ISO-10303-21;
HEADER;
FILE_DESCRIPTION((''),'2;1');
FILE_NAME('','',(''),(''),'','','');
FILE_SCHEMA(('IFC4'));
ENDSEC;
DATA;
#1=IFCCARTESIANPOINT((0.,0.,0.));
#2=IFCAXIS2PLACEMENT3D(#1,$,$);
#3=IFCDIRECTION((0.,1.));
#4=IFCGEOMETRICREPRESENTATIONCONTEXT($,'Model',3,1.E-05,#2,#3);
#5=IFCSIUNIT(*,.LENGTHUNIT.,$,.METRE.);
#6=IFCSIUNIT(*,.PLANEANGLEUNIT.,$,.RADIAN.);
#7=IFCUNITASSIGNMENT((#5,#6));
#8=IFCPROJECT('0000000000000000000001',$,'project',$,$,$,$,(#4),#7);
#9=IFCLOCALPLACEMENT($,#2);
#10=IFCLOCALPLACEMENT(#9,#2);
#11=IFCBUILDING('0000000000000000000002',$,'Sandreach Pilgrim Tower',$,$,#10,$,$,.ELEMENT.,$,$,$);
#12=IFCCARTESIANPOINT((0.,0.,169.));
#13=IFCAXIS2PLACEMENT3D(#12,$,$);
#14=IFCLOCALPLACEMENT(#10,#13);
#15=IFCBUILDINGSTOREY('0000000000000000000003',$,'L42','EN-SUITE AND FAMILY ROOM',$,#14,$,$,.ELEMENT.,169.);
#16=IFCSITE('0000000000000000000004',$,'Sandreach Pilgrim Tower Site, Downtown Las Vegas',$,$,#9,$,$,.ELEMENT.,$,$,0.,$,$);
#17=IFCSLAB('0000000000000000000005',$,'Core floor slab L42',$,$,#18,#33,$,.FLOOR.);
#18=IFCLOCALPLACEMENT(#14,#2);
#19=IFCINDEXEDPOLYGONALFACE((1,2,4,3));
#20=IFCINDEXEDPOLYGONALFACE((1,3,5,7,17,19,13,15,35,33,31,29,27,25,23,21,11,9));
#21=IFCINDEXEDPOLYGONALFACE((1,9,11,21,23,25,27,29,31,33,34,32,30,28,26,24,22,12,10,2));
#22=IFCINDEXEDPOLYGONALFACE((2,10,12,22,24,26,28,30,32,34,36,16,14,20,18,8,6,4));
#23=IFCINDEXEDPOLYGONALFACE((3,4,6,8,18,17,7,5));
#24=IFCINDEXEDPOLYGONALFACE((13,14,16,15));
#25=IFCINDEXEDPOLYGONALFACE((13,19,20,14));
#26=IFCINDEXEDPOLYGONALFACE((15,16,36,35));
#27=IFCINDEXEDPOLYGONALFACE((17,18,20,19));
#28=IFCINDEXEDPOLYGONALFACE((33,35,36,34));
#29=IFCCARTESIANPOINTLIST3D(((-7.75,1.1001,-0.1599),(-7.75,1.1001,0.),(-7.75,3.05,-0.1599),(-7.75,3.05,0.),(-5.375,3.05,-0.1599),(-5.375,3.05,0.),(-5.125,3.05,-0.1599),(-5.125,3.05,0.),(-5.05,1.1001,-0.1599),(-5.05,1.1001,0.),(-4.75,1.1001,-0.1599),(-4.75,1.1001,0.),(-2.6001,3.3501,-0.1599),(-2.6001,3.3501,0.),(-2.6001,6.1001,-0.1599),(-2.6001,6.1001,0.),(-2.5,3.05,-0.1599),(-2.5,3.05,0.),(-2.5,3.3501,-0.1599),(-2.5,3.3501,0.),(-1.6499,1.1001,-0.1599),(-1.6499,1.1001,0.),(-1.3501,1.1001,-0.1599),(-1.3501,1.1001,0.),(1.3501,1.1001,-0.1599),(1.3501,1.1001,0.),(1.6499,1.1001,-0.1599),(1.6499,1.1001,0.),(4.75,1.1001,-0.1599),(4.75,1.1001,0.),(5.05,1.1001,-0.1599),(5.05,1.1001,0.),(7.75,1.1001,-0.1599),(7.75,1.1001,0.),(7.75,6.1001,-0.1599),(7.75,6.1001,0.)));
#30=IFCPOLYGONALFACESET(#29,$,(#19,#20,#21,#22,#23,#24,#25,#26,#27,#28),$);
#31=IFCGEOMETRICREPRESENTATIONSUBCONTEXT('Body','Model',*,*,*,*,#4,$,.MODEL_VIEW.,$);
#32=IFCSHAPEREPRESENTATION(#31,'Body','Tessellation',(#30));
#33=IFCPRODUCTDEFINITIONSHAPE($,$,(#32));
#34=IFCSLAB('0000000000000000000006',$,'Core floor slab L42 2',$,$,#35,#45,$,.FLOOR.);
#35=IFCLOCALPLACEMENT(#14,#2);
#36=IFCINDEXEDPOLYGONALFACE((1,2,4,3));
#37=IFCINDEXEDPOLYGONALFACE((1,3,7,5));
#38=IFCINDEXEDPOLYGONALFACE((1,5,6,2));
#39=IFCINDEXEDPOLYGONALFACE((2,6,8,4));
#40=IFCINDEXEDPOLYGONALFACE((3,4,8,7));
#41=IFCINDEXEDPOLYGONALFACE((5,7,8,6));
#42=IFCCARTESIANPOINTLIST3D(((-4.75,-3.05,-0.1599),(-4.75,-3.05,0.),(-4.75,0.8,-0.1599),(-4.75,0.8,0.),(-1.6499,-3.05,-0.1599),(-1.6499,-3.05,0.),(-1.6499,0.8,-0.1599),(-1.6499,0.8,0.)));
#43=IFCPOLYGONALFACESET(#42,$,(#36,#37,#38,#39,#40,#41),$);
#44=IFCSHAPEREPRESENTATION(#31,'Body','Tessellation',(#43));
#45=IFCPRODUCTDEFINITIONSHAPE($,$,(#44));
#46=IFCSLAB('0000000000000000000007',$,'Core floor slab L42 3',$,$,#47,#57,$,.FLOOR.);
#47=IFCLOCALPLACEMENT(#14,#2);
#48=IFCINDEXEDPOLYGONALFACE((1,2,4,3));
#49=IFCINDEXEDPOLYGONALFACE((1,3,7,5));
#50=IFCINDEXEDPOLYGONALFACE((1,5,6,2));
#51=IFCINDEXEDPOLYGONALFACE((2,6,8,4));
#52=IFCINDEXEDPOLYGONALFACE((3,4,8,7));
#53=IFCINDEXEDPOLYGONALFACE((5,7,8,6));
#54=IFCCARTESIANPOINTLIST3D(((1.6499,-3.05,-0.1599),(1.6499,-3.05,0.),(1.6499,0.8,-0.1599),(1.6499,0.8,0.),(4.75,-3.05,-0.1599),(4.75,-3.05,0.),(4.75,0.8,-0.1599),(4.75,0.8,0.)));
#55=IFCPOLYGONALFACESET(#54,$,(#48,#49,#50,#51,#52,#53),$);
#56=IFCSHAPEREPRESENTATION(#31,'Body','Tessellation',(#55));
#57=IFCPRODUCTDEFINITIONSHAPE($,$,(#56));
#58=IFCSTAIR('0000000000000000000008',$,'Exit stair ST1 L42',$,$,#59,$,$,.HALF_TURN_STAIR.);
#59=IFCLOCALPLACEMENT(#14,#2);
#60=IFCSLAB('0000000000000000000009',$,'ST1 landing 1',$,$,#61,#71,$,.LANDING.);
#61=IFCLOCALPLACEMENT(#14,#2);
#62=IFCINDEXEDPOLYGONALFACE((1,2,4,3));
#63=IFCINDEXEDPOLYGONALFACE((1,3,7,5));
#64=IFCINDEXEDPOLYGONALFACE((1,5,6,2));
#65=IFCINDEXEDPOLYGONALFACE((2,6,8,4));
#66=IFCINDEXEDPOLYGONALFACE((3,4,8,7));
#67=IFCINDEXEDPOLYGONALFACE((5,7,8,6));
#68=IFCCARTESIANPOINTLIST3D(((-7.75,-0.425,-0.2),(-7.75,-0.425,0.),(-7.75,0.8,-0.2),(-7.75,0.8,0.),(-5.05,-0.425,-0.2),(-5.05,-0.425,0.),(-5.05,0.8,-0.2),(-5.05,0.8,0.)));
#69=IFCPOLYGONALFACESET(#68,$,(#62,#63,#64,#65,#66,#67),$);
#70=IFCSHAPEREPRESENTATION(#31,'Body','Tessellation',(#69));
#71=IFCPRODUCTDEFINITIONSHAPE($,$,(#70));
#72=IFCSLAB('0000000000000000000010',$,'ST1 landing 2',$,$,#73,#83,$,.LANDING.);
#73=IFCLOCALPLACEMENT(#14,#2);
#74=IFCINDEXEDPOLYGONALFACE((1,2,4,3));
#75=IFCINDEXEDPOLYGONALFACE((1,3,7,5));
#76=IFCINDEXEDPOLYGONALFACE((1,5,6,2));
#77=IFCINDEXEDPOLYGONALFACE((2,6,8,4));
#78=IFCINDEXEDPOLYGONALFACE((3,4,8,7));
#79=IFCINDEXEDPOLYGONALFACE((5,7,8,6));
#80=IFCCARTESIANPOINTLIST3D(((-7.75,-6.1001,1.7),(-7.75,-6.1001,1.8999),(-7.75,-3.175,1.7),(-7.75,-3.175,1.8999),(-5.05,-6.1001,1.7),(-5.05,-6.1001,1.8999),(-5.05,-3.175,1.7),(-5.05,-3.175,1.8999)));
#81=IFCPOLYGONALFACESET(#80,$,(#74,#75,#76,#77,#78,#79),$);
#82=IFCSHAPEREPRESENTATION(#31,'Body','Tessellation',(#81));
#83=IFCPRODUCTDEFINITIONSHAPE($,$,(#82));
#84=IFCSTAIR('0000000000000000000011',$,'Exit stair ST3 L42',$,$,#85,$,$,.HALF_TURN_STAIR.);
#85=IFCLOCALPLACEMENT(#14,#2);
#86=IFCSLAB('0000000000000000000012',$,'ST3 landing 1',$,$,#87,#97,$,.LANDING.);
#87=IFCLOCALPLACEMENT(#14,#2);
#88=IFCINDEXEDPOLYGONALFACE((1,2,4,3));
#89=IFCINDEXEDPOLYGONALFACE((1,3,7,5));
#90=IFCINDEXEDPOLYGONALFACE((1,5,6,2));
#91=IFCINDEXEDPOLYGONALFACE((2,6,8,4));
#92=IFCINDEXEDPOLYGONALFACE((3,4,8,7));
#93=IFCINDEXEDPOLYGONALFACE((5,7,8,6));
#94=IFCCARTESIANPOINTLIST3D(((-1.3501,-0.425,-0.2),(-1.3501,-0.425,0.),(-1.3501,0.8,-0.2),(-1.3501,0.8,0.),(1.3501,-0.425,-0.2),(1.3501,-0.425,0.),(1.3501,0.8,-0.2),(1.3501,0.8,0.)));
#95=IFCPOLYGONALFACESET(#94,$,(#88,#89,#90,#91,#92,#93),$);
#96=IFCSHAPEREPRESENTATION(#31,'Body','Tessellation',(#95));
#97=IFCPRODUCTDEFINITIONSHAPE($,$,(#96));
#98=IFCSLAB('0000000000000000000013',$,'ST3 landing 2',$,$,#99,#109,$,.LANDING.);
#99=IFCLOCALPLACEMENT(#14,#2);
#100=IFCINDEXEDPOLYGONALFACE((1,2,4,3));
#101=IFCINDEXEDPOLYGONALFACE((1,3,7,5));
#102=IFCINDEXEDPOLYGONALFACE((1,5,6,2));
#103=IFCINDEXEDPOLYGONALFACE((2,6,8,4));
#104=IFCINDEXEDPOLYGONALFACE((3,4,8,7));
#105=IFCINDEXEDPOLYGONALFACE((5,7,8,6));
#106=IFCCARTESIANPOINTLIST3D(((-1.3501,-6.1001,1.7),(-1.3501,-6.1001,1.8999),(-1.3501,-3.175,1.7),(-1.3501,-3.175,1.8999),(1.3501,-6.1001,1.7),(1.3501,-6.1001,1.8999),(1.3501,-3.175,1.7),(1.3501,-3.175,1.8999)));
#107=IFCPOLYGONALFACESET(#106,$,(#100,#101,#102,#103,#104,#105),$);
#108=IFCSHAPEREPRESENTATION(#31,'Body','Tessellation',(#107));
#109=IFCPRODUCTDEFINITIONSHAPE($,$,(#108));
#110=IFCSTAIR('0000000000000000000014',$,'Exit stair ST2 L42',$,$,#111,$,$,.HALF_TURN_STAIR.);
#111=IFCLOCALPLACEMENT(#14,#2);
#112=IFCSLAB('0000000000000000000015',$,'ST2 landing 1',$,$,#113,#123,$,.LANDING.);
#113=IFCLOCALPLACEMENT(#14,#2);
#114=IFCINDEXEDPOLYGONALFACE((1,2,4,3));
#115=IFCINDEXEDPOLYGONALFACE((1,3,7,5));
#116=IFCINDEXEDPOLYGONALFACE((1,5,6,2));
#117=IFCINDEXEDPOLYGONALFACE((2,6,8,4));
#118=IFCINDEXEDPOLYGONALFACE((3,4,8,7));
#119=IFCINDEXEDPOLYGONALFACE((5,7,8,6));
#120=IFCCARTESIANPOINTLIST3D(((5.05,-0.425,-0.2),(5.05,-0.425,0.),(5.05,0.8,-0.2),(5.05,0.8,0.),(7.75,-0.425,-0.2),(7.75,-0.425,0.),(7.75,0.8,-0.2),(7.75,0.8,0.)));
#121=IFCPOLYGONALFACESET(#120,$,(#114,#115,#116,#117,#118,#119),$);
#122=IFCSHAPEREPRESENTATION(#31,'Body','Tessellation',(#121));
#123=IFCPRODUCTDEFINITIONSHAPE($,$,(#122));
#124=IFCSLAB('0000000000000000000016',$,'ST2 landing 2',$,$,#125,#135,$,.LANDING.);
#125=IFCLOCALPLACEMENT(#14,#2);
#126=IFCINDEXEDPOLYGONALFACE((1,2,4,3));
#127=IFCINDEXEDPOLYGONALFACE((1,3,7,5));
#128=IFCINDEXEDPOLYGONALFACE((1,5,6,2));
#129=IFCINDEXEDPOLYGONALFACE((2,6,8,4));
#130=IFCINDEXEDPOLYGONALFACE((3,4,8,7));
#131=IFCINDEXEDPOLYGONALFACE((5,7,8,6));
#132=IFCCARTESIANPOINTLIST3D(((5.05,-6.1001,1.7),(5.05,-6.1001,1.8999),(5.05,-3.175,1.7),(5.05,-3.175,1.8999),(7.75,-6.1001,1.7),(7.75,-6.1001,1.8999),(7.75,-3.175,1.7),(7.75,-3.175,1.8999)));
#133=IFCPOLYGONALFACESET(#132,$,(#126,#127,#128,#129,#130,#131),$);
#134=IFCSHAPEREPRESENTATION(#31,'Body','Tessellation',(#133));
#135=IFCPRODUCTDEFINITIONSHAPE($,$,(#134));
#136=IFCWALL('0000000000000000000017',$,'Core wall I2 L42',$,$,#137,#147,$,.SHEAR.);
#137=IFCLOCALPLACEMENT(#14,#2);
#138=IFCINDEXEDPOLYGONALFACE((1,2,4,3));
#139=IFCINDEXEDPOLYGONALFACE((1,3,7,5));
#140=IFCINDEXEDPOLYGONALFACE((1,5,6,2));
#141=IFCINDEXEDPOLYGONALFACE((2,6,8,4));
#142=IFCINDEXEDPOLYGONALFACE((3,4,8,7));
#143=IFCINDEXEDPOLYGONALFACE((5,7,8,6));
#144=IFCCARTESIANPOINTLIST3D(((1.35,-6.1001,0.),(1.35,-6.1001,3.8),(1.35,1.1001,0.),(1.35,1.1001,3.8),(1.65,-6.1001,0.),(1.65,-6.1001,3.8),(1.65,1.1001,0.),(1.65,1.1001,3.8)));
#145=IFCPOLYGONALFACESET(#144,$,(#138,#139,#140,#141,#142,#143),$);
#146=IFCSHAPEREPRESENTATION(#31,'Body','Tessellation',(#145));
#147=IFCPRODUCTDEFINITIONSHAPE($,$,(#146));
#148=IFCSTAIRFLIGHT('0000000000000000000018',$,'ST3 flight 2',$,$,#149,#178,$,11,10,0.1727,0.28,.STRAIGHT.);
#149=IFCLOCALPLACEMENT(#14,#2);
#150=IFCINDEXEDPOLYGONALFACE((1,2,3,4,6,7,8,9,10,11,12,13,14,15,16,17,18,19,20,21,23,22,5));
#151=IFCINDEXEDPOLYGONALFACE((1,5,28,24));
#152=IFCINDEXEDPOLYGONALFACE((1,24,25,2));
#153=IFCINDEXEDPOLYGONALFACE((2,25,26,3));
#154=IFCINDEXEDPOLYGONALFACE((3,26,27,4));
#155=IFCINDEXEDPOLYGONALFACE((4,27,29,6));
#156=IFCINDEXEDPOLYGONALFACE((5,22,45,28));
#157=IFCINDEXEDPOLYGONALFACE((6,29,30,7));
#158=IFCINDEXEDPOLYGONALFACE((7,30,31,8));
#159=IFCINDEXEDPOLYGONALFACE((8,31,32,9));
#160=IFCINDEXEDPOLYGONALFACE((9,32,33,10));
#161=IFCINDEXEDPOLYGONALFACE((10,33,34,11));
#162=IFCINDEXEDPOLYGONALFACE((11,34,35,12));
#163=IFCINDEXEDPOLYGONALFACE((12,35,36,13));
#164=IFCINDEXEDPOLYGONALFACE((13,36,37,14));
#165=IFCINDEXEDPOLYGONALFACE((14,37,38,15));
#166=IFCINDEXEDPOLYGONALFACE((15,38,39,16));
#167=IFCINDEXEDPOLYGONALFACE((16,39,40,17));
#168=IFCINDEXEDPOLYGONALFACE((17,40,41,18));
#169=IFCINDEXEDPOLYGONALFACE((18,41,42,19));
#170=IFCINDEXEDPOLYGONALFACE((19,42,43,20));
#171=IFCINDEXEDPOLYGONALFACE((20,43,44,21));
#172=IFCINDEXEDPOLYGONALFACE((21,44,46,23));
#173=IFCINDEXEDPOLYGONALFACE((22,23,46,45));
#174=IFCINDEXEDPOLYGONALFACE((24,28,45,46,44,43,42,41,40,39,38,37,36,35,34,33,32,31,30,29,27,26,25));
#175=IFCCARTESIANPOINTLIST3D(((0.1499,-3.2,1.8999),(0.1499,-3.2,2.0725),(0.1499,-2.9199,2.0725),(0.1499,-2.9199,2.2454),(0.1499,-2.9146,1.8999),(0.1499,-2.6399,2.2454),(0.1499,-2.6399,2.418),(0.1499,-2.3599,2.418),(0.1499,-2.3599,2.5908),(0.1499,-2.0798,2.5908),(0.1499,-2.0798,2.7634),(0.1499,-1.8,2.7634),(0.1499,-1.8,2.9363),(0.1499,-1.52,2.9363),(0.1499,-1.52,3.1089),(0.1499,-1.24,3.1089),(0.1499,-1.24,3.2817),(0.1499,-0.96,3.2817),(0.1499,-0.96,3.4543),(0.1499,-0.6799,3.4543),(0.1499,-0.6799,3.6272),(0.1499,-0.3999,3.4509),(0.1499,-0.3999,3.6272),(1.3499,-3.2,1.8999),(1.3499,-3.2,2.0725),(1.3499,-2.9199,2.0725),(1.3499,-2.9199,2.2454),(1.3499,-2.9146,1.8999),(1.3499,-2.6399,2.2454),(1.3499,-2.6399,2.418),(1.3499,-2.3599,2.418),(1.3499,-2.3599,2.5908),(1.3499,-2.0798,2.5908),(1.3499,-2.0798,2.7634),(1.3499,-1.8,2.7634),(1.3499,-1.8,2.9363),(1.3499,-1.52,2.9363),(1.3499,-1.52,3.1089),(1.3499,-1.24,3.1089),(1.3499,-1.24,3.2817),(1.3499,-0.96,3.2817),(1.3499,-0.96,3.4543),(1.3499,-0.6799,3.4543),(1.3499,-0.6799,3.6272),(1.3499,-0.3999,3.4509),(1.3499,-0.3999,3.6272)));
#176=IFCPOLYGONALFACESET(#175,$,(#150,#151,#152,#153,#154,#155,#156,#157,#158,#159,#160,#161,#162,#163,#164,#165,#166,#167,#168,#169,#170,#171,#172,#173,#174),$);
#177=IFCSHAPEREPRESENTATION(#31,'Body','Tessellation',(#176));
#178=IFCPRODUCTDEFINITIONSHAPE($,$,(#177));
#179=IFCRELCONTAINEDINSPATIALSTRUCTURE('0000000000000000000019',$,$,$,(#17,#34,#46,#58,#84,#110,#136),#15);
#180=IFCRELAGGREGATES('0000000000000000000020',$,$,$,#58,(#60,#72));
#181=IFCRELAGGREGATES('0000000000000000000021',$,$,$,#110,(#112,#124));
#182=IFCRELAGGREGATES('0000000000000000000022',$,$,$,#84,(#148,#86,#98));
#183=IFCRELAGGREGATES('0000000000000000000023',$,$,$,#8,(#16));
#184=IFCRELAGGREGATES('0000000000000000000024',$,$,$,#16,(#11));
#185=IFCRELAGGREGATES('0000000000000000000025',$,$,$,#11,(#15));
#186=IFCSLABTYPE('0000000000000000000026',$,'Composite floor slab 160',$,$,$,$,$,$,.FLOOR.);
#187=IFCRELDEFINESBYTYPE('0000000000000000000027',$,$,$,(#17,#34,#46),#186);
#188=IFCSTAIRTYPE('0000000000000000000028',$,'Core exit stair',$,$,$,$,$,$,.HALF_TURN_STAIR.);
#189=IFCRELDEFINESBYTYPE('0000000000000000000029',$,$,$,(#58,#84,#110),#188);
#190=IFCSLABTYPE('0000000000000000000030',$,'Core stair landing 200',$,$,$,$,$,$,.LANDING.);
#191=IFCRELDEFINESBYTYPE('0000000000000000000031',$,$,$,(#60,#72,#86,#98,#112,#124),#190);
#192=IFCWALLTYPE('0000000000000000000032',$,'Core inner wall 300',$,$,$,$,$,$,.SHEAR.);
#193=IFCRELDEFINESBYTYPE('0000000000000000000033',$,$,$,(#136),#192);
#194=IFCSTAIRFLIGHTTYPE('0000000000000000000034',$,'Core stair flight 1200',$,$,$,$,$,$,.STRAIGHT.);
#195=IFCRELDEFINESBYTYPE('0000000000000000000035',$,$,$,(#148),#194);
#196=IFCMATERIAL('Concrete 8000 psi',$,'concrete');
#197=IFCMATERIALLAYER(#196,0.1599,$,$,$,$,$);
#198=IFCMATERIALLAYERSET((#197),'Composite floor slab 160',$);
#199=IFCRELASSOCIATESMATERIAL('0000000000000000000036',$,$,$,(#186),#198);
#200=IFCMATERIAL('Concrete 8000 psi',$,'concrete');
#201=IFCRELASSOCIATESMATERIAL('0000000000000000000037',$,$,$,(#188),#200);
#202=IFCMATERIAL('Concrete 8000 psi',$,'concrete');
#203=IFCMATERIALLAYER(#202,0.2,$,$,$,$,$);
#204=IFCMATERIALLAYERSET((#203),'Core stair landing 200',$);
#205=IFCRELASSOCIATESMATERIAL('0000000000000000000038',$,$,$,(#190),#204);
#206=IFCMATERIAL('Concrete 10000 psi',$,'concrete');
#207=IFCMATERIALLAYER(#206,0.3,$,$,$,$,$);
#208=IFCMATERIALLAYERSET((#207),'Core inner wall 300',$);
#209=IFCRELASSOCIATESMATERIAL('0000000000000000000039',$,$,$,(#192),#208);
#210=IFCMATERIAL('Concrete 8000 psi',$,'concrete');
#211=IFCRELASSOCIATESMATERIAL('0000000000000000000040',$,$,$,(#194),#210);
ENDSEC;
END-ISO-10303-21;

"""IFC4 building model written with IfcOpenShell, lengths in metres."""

from ifc_helpers import new_model, si_unit, direction, frame, frame_2d, origin, place, context, subcontext, project, spatial, polyline, rectangle, outline, extrude, material, layer, layer_set, type_object, element, aggregate, save


model = new_model("IFC4")

# Units and contexts
model_context = context("Model", 3, precision=1e-05, world=origin(), true_north=direction((0.0, 1.0)))
body_context = subcontext(model_context, "Body", "Model", "MODEL_VIEW")
ifc_project = project(units=[si_unit("LENGTHUNIT", "METRE"), si_unit("PLANEANGLEUNIT", "RADIAN")], contexts=[model_context])

# Site, building, storey
site_placement = place(None, origin())
site = spatial("IfcSite", under=ifc_project, at=site_placement, Name="Sandreach Pilgrim Tower Site, Downtown Las Vegas", CompositionType="ELEMENT", RefElevation=0.0)
building_placement = place(site_placement, origin())
building = spatial("IfcBuilding", under=site, at=building_placement, Name="Sandreach Pilgrim Tower", CompositionType="ELEMENT")
storey_placement = place(building_placement, frame((0.0, 0.0, 169.0)))
storey = spatial("IfcBuildingStorey", under=building, at=storey_placement, Name="L42", Description="EN-SUITE AND FAMILY ROOM", CompositionType="ELEMENT", Elevation=169.0)

# Slabs
ifc_material_1 = material(Name="Concrete 8000 psi", Category="concrete")
ifc_layer_1 = layer(ifc_material_1, 0.1599)
ifc_layer_set_1 = layer_set([ifc_layer_1], Name="Composite floor slab 160")
slab_type_1 = type_object("IfcSlabType", Name="Composite floor slab 160", PredefinedType="FLOOR", material=ifc_layer_set_1)
slab_1_placement = place(storey_placement, frame((0.0, 0.0, -0.1599)))
element("IfcSlab", 1, at=slab_1_placement, inside=storey, type_object=slab_type_1, Name="Core floor slab L42", PredefinedType="FLOOR", context=body_context, shape_type="SweptSolid", body=[
    extrude(outline(polyline([(-7.75, 3.05), (-5.375, 3.05), (-5.125, 3.05), (-2.5, 3.05), (-2.5, 3.3501), (-2.6001, 3.3501), (-2.6001, 6.1001), (7.75, 6.1001), (7.75, 1.1001), (5.05, 1.1001), (4.75, 1.1001), (1.6499, 1.1001), (1.3501, 1.1001), (-1.3501, 1.1001), (-1.6499, 1.1001), (-4.75, 1.1001), (-5.05, 1.1001), (-7.75, 1.1001), (-7.75, 3.05)])), origin(), (0.0, 0.0, 1.0), 0.1599),
])
slab_2_placement = place(storey_placement, frame((0.0, 0.0, -0.1599)))
element("IfcSlab", 2, at=slab_2_placement, inside=storey, type_object=slab_type_1, Name="Core floor slab L42 2", PredefinedType="FLOOR", context=body_context, shape_type="SweptSolid", body=[
    extrude(outline(polyline([(-1.6499, -3.05), (-4.75, -3.05), (-4.75, 0.8), (-1.6499, 0.8), (-1.6499, -3.05)])), origin(), (0.0, 0.0, 1.0), 0.1599),
])
slab_3_placement = place(storey_placement, frame((0.0, 0.0, -0.1599)))
element("IfcSlab", 3, at=slab_3_placement, inside=storey, type_object=slab_type_1, Name="Core floor slab L42 3", PredefinedType="FLOOR", context=body_context, shape_type="SweptSolid", body=[
    extrude(outline(polyline([(4.75, -3.05), (1.6499, -3.05), (1.6499, 0.8), (4.75, 0.8), (4.75, -3.05)])), origin(), (0.0, 0.0, 1.0), 0.1599),
])

# Stairs, slabs
ifc_material_2 = material(Name="Concrete 8000 psi", Category="concrete")
stair_type = type_object("IfcStairType", Name="Core exit stair", PredefinedType="HALF_TURN_STAIR", material=ifc_material_2)
stair_1_placement = place(storey_placement, origin())
stair_1 = element("IfcStair", 4, at=stair_1_placement, inside=storey, type_object=stair_type, Name="Exit stair ST1 L42", PredefinedType="HALF_TURN_STAIR")
ifc_material_3 = material(Name="Concrete 8000 psi", Category="concrete")
ifc_layer_2 = layer(ifc_material_3, 0.2)
ifc_layer_set_2 = layer_set([ifc_layer_2], Name="Core stair landing 200")
slab_type_2 = type_object("IfcSlabType", Name="Core stair landing 200", PredefinedType="LANDING", material=ifc_layer_set_2)
slab_4_placement = place(storey_placement, frame((0.0, 0.0, -0.2)))
slab_4 = element("IfcSlab", 5, at=slab_4_placement, type_object=slab_type_2, Name="ST1 landing 1", PredefinedType="LANDING", context=body_context, shape_type="SweptSolid", body=[
    extrude(outline(polyline([(-7.75, -0.425), (-5.05, -0.425), (-5.05, 0.8), (-7.75, 0.8), (-7.75, -0.425)])), origin(), (0.0, 0.0, 1.0), 0.2),
])
slab_5_placement = place(storey_placement, frame((0.0, 0.0, 1.7)))
slab_5 = element("IfcSlab", 6, at=slab_5_placement, type_object=slab_type_2, Name="ST1 landing 2", PredefinedType="LANDING", context=body_context, shape_type="SweptSolid", body=[
    extrude(outline(polyline([(-7.75, -6.1001), (-5.05, -6.1001), (-5.05, -3.175), (-7.75, -3.175), (-7.75, -6.1001)])), origin(), (0.0, 0.0, 1.0), 0.2),
])
aggregate(stair_1, [slab_4, slab_5])
stair_2_placement = place(storey_placement, origin())
stair_2 = element("IfcStair", 7, at=stair_2_placement, inside=storey, type_object=stair_type, Name="Exit stair ST3 L42", PredefinedType="HALF_TURN_STAIR")
slab_6_placement = place(storey_placement, frame((0.0, 0.0, -0.2)))
slab_6 = element("IfcSlab", 8, at=slab_6_placement, type_object=slab_type_2, Name="ST3 landing 1", PredefinedType="LANDING", context=body_context, shape_type="SweptSolid", body=[
    extrude(outline(polyline([(-1.3501, -0.425), (1.3501, -0.425), (1.3501, 0.8), (-1.3501, 0.8), (-1.3501, -0.425)])), origin(), (0.0, 0.0, 1.0), 0.2),
])
slab_7_placement = place(storey_placement, frame((0.0, 0.0, 1.7)))
slab_7 = element("IfcSlab", 9, at=slab_7_placement, type_object=slab_type_2, Name="ST3 landing 2", PredefinedType="LANDING", context=body_context, shape_type="SweptSolid", body=[
    extrude(outline(polyline([(-1.3501, -6.1001), (1.3501, -6.1001), (1.3501, -3.175), (-1.3501, -3.175), (-1.3501, -6.1001)])), origin(), (0.0, 0.0, 1.0), 0.2),
])
stair_3_placement = place(storey_placement, origin())
stair_3 = element("IfcStair", 10, at=stair_3_placement, inside=storey, type_object=stair_type, Name="Exit stair ST2 L42", PredefinedType="HALF_TURN_STAIR")
slab_8_placement = place(storey_placement, frame((0.0, 0.0, -0.2)))
slab_8 = element("IfcSlab", 11, at=slab_8_placement, type_object=slab_type_2, Name="ST2 landing 1", PredefinedType="LANDING", context=body_context, shape_type="SweptSolid", body=[
    extrude(outline(polyline([(5.05, -0.425), (7.75, -0.425), (7.75, 0.8), (5.05, 0.8), (5.05, -0.425)])), origin(), (0.0, 0.0, 1.0), 0.2),
])
slab_9_placement = place(storey_placement, frame((0.0, 0.0, 1.7)))
slab_9 = element("IfcSlab", 12, at=slab_9_placement, type_object=slab_type_2, Name="ST2 landing 2", PredefinedType="LANDING", context=body_context, shape_type="SweptSolid", body=[
    extrude(outline(polyline([(5.05, -6.1001), (7.75, -6.1001), (7.75, -3.175), (5.05, -3.175), (5.05, -6.1001)])), origin(), (0.0, 0.0, 1.0), 0.2),
])
aggregate(stair_3, [slab_8, slab_9])

# Wall
ifc_material_4 = material(Name="Concrete 10000 psi", Category="concrete")
ifc_layer_3 = layer(ifc_material_4, 0.3)
ifc_layer_set_3 = layer_set([ifc_layer_3], Name="Core inner wall 300")
wall_type = type_object("IfcWallType", Name="Core inner wall 300", PredefinedType="SHEAR", material=ifc_layer_set_3)
wall_1_placement = place(storey_placement, frame((1.5, -6.1001, 0.0), z_axis=(0.0, 0.0, 1.0), x_axis=(0.0, 1.0, 0.0)))
element("IfcWall", 13, at=wall_1_placement, inside=storey, type_object=wall_type, Name="Core wall I2 L42", PredefinedType="SHEAR", context=body_context, shape_type="SweptSolid", body=[
    extrude(rectangle(XDim=7.2002, YDim=0.3, at=frame_2d((3.6001, 0.0))), origin(), (0.0, 0.0, 1.0), 3.8),
])

# Stair flight
ifc_material_5 = material(Name="Concrete 8000 psi", Category="concrete")
stair_flight_type = type_object("IfcStairFlightType", Name="Core stair flight 1200", PredefinedType="STRAIGHT", material=ifc_material_5)
stair_flight_placement = place(storey_placement, frame((0.75, -3.2, 1.8999), z_axis=(0.0, 0.0, 1.0), x_axis=(0.0, 1.0, 0.0)))
stair_flight = element("IfcStairFlight", 14, at=stair_flight_placement, type_object=stair_flight_type, Name="ST3 flight 2", NumberOfRisers=11, NumberOfTreads=10, PredefinedType="STRAIGHT", RiserHeight=0.1727, TreadLength=0.28, context=body_context, shape_type="SweptSolid", body=[
    extrude(outline(polyline([(0.0, 0.0), (0.0, 0.1726), (0.28, 0.1726), (0.28, 0.3455), (0.5601, 0.3455), (0.5601, 0.5181), (0.8401, 0.5181), (0.8401, 0.6909), (1.1201, 0.6909), (1.1201, 0.8635), (1.3999, 0.8635), (1.3999, 1.0364), (1.6799, 1.0364), (1.6799, 1.209), (1.96, 1.209), (1.96, 1.3818), (2.24, 1.3818), (2.24, 1.5544), (2.52, 1.5544), (2.52, 1.7273), (2.8, 1.7273), (2.8, 1.8999), (2.8, 1.551), (0.2854, 0.0), (0.0, 0.0)])), frame((0.0, 0.6001, 0.0), z_axis=(0.0, -1.0, 0.0), x_axis=(1.0, 0.0, 0.0)), (0.0, 0.0, 1.0), 1.2),
])
aggregate(stair_2, [stair_flight, slab_6, slab_7])

save(model, "model.ifc")
